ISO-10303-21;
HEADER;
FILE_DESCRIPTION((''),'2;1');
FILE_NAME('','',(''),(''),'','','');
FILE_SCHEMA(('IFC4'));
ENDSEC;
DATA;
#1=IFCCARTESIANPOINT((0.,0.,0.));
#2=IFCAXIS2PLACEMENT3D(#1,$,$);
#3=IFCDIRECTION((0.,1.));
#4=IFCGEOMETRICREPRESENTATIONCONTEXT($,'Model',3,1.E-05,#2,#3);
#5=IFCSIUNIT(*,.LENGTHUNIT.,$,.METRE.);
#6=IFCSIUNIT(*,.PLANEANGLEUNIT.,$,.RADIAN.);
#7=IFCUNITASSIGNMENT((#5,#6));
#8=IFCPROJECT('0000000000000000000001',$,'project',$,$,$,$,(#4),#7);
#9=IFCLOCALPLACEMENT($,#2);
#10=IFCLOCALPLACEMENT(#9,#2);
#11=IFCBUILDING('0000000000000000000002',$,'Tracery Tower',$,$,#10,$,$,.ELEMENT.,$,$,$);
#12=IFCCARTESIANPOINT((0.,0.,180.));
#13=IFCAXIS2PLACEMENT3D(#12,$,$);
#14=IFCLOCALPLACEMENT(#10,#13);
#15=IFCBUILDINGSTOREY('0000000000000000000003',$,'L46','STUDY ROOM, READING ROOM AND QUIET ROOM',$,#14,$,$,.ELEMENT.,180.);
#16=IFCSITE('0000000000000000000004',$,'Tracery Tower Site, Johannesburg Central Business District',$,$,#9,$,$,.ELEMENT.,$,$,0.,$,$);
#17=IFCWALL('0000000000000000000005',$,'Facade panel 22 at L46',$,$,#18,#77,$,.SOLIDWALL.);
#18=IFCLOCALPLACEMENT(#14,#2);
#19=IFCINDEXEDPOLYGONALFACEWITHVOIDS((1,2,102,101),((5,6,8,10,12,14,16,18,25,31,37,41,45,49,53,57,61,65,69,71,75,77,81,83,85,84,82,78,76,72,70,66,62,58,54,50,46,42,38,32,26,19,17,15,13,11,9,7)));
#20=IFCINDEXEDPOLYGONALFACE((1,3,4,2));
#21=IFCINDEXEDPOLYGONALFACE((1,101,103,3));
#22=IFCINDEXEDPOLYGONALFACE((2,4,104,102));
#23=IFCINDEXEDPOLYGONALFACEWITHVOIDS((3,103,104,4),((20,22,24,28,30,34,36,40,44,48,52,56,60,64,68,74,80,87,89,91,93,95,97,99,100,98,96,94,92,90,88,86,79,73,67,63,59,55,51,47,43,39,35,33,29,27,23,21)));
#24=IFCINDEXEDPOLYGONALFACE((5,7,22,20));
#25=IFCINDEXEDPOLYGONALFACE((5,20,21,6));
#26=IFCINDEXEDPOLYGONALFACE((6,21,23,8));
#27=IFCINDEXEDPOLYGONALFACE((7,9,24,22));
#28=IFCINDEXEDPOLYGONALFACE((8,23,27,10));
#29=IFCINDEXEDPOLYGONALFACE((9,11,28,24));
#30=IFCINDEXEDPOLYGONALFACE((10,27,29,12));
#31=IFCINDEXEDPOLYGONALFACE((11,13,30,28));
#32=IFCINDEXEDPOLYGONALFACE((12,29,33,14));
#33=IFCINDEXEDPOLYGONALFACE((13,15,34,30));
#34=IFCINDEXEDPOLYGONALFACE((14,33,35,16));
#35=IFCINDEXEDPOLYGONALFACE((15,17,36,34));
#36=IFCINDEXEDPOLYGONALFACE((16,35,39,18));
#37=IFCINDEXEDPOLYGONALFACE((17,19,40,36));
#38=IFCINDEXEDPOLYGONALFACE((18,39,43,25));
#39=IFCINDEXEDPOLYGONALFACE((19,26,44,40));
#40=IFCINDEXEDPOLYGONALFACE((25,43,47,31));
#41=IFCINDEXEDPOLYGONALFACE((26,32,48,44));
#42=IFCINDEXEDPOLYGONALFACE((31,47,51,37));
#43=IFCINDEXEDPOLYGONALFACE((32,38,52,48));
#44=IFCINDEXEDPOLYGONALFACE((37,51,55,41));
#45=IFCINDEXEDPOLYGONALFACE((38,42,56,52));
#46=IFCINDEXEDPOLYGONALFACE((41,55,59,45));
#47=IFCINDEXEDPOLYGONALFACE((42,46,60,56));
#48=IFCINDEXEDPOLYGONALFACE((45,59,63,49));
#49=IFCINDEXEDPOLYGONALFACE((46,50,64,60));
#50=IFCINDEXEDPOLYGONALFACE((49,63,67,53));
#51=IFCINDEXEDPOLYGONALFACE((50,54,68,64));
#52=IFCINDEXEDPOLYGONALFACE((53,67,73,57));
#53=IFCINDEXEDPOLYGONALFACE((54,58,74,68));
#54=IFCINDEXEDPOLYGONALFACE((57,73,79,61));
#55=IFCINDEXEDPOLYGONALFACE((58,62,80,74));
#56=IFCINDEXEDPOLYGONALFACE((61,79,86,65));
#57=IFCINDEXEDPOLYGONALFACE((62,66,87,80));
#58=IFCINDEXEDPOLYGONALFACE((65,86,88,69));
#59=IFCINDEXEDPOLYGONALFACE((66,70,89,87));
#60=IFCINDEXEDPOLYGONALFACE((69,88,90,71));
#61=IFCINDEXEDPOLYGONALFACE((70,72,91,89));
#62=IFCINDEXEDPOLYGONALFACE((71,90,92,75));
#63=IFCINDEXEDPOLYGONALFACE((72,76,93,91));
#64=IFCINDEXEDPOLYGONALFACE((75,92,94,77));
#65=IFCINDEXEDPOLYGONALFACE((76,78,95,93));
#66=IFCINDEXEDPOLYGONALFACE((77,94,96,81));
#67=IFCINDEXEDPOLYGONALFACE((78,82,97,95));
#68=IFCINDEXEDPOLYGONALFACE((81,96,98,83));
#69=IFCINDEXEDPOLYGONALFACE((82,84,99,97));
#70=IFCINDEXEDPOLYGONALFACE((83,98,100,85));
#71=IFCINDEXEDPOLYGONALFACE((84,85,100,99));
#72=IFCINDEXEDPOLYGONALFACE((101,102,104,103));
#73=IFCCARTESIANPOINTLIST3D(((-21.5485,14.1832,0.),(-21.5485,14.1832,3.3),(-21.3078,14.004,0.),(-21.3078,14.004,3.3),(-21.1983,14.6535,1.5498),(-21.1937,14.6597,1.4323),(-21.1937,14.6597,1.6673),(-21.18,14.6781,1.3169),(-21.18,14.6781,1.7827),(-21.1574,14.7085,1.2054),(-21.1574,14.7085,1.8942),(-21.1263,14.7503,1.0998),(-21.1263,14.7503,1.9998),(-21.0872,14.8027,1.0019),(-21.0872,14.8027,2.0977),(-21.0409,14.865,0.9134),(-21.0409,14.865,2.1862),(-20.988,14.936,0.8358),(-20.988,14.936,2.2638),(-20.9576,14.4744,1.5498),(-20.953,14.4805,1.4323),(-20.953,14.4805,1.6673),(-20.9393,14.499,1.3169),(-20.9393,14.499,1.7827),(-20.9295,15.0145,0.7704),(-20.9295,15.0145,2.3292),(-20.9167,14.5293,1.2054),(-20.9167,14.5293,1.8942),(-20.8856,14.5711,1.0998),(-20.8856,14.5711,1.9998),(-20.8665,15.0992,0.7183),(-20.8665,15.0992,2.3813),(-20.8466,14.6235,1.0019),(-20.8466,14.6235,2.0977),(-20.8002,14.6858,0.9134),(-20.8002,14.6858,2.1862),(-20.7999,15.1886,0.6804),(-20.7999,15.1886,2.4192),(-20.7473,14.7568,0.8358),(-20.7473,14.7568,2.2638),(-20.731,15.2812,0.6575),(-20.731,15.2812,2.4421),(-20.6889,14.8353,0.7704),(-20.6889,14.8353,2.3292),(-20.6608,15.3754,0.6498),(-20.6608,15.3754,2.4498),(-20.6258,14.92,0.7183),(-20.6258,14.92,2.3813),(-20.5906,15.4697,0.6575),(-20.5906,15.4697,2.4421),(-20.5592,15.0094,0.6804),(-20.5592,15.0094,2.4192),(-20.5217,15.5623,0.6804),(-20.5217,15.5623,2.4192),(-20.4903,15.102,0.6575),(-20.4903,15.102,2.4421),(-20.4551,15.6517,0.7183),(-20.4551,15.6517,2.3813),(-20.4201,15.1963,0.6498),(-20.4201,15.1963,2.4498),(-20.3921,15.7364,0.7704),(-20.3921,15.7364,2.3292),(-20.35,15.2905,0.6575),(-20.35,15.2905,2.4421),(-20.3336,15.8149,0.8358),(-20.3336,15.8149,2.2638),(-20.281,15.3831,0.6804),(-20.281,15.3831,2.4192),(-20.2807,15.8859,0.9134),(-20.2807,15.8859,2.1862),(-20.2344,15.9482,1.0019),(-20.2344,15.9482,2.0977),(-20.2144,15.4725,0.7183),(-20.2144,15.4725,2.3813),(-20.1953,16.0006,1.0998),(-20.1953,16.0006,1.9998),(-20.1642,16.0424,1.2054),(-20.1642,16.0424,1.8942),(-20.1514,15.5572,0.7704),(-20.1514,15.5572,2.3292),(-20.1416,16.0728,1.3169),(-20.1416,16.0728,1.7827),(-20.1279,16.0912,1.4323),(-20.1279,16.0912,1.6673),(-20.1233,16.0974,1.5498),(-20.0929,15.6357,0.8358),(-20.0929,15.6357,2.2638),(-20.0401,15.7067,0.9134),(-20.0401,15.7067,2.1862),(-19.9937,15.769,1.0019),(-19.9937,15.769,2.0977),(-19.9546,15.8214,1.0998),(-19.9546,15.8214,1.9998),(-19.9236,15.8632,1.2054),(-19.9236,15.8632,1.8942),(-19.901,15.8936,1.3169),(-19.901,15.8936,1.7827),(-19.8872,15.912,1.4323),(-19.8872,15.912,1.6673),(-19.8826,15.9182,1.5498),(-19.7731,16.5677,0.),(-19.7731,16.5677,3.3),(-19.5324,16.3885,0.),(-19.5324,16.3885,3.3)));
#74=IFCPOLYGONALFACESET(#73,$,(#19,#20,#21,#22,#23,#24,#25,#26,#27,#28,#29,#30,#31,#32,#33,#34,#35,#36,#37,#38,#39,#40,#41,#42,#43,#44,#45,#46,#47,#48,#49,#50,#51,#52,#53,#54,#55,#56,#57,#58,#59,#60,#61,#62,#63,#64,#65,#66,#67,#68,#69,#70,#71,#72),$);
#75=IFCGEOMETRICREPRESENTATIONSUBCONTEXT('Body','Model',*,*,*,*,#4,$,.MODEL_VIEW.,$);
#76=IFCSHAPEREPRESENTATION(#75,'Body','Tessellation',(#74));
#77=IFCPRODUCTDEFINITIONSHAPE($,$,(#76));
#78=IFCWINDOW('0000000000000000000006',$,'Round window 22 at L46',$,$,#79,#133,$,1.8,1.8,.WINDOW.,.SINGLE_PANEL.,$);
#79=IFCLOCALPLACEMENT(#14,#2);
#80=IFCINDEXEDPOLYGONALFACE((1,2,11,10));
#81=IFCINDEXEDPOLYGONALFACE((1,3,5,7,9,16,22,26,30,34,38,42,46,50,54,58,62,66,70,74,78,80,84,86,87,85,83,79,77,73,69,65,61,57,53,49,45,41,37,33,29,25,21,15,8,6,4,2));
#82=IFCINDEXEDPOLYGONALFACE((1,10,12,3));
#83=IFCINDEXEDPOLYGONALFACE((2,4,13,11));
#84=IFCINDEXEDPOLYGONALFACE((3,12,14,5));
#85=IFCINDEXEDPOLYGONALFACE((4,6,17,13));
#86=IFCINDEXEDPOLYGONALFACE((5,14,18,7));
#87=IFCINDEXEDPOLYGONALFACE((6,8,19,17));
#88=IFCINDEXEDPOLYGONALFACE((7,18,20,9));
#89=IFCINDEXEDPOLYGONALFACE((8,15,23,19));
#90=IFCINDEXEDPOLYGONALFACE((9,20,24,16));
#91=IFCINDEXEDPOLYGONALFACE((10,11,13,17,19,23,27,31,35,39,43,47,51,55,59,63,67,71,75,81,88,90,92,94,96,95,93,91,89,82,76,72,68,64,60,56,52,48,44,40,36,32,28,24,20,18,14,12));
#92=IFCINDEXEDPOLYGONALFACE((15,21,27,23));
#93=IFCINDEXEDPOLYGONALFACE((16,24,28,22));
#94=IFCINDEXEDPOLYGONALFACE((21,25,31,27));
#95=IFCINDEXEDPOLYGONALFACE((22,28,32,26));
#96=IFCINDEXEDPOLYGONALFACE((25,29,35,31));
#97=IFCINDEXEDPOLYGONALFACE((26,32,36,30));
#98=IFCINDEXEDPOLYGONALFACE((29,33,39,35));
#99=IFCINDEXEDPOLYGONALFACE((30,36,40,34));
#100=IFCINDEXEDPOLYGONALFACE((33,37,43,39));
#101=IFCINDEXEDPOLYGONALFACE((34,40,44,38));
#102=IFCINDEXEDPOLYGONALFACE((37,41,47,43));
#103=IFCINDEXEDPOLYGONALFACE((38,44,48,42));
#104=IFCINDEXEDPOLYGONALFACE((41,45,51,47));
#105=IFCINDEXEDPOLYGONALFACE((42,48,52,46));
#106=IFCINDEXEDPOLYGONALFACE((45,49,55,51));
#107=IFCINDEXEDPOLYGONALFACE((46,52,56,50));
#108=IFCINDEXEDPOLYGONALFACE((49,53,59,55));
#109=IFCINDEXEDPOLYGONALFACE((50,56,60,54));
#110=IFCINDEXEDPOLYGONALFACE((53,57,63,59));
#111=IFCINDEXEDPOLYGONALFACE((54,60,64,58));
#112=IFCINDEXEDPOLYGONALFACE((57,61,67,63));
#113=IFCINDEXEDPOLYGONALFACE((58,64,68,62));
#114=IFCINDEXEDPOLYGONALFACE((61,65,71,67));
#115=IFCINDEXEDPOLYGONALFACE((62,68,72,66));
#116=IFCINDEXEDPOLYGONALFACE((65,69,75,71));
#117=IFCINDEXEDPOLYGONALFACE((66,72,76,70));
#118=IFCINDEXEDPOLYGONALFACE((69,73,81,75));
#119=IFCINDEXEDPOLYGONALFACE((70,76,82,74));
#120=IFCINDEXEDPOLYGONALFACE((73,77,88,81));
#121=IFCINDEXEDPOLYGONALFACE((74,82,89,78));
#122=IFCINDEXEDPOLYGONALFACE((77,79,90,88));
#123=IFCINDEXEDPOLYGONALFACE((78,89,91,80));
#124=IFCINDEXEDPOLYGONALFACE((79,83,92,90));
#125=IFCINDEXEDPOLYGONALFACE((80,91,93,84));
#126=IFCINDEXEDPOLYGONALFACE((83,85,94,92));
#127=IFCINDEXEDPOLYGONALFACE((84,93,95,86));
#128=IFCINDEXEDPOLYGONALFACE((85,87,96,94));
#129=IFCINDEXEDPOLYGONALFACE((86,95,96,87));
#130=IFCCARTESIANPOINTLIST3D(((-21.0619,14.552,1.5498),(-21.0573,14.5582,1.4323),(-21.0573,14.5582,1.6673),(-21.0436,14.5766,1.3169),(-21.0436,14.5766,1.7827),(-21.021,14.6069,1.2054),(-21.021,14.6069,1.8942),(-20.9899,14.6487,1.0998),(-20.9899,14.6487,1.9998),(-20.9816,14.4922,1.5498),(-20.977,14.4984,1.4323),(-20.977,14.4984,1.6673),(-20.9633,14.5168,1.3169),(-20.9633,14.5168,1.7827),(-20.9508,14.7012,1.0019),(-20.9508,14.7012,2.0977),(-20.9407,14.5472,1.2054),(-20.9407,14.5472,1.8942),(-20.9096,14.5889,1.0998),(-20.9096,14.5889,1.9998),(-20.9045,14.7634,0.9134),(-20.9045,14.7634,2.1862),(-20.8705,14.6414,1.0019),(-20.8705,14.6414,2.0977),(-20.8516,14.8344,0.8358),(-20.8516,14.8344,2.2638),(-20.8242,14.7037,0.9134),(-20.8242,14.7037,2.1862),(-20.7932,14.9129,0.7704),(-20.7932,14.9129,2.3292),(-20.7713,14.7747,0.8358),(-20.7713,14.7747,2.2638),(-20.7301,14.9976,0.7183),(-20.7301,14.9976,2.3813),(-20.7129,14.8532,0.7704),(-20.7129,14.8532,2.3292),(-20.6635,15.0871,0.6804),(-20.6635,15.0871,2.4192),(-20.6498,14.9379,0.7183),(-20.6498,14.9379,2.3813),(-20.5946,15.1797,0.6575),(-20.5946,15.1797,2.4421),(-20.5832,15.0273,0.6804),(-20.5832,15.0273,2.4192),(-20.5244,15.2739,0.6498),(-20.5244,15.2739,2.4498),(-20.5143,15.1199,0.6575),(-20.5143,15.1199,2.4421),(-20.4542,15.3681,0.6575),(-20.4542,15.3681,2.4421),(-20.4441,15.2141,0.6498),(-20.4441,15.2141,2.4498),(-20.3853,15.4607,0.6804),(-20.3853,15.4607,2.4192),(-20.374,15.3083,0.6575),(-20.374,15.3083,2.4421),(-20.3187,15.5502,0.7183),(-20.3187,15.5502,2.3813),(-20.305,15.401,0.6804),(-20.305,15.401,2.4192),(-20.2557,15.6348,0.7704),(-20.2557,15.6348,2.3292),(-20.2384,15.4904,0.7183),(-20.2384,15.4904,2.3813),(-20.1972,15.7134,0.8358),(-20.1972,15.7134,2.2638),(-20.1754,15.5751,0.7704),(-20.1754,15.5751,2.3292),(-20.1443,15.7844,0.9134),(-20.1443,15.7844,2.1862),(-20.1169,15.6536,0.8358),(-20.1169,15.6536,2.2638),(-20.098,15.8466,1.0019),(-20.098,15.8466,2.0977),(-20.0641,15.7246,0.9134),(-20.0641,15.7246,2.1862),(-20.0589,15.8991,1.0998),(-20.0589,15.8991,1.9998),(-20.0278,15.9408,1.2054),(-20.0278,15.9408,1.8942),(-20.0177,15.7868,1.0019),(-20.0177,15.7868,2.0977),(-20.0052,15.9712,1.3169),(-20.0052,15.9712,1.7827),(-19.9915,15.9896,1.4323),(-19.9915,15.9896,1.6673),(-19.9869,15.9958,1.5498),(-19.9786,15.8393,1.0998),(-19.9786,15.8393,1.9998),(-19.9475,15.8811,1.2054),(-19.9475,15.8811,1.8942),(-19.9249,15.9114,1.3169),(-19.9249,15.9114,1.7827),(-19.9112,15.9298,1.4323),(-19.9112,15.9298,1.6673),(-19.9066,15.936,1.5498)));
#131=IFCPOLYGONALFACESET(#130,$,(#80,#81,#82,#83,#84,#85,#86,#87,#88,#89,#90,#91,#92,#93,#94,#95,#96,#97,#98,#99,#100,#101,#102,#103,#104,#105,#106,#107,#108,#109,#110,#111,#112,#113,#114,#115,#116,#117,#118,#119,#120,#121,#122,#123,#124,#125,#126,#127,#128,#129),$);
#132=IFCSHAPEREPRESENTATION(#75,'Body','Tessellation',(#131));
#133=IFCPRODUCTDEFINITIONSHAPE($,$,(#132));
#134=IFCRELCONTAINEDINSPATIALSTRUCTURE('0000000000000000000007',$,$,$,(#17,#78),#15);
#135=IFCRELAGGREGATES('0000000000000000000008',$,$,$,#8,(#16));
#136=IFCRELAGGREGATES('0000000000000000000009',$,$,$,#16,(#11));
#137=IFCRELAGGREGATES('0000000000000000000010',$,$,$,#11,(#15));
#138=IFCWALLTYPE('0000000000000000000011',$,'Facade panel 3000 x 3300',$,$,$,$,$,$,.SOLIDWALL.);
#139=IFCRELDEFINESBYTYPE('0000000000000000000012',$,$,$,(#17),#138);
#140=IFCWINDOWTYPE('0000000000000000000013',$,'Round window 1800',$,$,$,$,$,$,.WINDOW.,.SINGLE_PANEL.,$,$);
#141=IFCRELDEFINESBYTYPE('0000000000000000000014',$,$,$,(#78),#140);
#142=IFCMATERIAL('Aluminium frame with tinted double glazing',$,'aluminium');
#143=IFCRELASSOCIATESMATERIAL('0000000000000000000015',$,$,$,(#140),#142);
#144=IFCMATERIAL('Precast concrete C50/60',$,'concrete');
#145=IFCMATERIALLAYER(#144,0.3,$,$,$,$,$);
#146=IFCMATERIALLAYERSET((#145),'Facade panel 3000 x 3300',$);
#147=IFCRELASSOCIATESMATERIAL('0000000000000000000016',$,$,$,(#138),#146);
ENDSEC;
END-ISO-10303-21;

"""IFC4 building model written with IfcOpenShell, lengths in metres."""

from ifc_helpers import new_model, si_unit, direction, frame, frame_2d, origin, origin_2d, place, context, subcontext, project, spatial, rectangle, circle, extrude, material, layer, layer_set, type_object, element, fill, save


model = new_model("IFC4")

# Units and contexts
model_context = context("Model", 3, precision=1e-05, world=origin(), true_north=direction((0.0, 1.0)))
body_context = subcontext(model_context, "Body", "Model", "MODEL_VIEW")
ifc_project = project(units=[si_unit("LENGTHUNIT", "METRE"), si_unit("PLANEANGLEUNIT", "RADIAN")], contexts=[model_context])

# Site, building, storey
site_placement = place(None, origin())
site = spatial("IfcSite", under=ifc_project, at=site_placement, Name="Tracery Tower Site, Johannesburg Central Business District", CompositionType="ELEMENT", RefElevation=0.0)
building_placement = place(site_placement, origin())
building = spatial("IfcBuilding", under=site, at=building_placement, Name="Tracery Tower", CompositionType="ELEMENT")
storey_placement = place(building_placement, frame((0.0, 0.0, 180.0)))
storey = spatial("IfcBuildingStorey", under=building, at=storey_placement, Name="L46", Description="STUDY ROOM, READING ROOM AND QUIET ROOM", CompositionType="ELEMENT", Elevation=180.0)

# Wall, opening, window
ifc_material_1 = material(Name="Aluminium frame with tinted double glazing", Category="aluminium")
window_type = type_object("IfcWindowType", Name="Round window 1800", PartitioningType="SINGLE_PANEL", PredefinedType="WINDOW", material=ifc_material_1)
ifc_material_2 = material(Name="Precast concrete C50/60", Category="concrete")
ifc_layer_1 = layer(ifc_material_2, 0.3)
ifc_layer_set_1 = layer_set([ifc_layer_1], Name="Facade panel 3000 x 3300")
wall_type_1 = type_object("IfcWallType", Name="Facade panel 3000 x 3300", PredefinedType="SOLIDWALL", material=ifc_layer_set_1)
wall_1_placement = place(storey_placement, frame((-19.6528, 16.478, 0.0), z_axis=(0.0, 0.0, 1.0), x_axis=(-0.597198, -0.802094, 0.0)))
wall_1 = element("IfcWall", 1, at=wall_1_placement, inside=storey, type_object=wall_type_1, Name="Facade panel 22 at L46", PredefinedType="SOLIDWALL", context=body_context, shape_type="SweptSolid", body=[
    extrude(rectangle(XDim=2.9729, YDim=0.3, at=frame_2d((1.4863, 0.0))), origin(), (0.0, 0.0, 1.0), 3.3),
])
opening_1_placement = place(wall_1_placement, frame((1.4863, 0.0, 1.5498)))
opening_1 = element("IfcOpeningElement", 2, at=opening_1_placement, cuts=wall_1, PredefinedType="OPENING", context=body_context, shape_type="SweptSolid", body=[
    extrude(circle(Radius=0.9, at=origin_2d()), frame((0.0, 0.1599, 0.0), z_axis=(0.0, -1.0, 0.0), x_axis=(1.0, 0.0, 0.0)), (0.0, 0.0, 1.0), 0.3201),
])
window_1_placement = place(opening_1_placement, origin())
window_1 = element("IfcWindow", 3, at=window_1_placement, inside=storey, type_object=window_type, Name="Round window 22 at L46", OverallHeight=1.8, OverallWidth=1.8, PartitioningType="SINGLE_PANEL", PredefinedType="WINDOW", context=body_context, shape_type="SweptSolid", body=[
    extrude(circle(Radius=0.9, at=origin_2d()), frame((0.0, 0.1201, 0.0), z_axis=(0.0, -1.0, 0.0), x_axis=(1.0, 0.0, 0.0)), (0.0, 0.0, 1.0), 0.1001),
])
fill(opening_1, window_1)

save(model, "model.ifc")
